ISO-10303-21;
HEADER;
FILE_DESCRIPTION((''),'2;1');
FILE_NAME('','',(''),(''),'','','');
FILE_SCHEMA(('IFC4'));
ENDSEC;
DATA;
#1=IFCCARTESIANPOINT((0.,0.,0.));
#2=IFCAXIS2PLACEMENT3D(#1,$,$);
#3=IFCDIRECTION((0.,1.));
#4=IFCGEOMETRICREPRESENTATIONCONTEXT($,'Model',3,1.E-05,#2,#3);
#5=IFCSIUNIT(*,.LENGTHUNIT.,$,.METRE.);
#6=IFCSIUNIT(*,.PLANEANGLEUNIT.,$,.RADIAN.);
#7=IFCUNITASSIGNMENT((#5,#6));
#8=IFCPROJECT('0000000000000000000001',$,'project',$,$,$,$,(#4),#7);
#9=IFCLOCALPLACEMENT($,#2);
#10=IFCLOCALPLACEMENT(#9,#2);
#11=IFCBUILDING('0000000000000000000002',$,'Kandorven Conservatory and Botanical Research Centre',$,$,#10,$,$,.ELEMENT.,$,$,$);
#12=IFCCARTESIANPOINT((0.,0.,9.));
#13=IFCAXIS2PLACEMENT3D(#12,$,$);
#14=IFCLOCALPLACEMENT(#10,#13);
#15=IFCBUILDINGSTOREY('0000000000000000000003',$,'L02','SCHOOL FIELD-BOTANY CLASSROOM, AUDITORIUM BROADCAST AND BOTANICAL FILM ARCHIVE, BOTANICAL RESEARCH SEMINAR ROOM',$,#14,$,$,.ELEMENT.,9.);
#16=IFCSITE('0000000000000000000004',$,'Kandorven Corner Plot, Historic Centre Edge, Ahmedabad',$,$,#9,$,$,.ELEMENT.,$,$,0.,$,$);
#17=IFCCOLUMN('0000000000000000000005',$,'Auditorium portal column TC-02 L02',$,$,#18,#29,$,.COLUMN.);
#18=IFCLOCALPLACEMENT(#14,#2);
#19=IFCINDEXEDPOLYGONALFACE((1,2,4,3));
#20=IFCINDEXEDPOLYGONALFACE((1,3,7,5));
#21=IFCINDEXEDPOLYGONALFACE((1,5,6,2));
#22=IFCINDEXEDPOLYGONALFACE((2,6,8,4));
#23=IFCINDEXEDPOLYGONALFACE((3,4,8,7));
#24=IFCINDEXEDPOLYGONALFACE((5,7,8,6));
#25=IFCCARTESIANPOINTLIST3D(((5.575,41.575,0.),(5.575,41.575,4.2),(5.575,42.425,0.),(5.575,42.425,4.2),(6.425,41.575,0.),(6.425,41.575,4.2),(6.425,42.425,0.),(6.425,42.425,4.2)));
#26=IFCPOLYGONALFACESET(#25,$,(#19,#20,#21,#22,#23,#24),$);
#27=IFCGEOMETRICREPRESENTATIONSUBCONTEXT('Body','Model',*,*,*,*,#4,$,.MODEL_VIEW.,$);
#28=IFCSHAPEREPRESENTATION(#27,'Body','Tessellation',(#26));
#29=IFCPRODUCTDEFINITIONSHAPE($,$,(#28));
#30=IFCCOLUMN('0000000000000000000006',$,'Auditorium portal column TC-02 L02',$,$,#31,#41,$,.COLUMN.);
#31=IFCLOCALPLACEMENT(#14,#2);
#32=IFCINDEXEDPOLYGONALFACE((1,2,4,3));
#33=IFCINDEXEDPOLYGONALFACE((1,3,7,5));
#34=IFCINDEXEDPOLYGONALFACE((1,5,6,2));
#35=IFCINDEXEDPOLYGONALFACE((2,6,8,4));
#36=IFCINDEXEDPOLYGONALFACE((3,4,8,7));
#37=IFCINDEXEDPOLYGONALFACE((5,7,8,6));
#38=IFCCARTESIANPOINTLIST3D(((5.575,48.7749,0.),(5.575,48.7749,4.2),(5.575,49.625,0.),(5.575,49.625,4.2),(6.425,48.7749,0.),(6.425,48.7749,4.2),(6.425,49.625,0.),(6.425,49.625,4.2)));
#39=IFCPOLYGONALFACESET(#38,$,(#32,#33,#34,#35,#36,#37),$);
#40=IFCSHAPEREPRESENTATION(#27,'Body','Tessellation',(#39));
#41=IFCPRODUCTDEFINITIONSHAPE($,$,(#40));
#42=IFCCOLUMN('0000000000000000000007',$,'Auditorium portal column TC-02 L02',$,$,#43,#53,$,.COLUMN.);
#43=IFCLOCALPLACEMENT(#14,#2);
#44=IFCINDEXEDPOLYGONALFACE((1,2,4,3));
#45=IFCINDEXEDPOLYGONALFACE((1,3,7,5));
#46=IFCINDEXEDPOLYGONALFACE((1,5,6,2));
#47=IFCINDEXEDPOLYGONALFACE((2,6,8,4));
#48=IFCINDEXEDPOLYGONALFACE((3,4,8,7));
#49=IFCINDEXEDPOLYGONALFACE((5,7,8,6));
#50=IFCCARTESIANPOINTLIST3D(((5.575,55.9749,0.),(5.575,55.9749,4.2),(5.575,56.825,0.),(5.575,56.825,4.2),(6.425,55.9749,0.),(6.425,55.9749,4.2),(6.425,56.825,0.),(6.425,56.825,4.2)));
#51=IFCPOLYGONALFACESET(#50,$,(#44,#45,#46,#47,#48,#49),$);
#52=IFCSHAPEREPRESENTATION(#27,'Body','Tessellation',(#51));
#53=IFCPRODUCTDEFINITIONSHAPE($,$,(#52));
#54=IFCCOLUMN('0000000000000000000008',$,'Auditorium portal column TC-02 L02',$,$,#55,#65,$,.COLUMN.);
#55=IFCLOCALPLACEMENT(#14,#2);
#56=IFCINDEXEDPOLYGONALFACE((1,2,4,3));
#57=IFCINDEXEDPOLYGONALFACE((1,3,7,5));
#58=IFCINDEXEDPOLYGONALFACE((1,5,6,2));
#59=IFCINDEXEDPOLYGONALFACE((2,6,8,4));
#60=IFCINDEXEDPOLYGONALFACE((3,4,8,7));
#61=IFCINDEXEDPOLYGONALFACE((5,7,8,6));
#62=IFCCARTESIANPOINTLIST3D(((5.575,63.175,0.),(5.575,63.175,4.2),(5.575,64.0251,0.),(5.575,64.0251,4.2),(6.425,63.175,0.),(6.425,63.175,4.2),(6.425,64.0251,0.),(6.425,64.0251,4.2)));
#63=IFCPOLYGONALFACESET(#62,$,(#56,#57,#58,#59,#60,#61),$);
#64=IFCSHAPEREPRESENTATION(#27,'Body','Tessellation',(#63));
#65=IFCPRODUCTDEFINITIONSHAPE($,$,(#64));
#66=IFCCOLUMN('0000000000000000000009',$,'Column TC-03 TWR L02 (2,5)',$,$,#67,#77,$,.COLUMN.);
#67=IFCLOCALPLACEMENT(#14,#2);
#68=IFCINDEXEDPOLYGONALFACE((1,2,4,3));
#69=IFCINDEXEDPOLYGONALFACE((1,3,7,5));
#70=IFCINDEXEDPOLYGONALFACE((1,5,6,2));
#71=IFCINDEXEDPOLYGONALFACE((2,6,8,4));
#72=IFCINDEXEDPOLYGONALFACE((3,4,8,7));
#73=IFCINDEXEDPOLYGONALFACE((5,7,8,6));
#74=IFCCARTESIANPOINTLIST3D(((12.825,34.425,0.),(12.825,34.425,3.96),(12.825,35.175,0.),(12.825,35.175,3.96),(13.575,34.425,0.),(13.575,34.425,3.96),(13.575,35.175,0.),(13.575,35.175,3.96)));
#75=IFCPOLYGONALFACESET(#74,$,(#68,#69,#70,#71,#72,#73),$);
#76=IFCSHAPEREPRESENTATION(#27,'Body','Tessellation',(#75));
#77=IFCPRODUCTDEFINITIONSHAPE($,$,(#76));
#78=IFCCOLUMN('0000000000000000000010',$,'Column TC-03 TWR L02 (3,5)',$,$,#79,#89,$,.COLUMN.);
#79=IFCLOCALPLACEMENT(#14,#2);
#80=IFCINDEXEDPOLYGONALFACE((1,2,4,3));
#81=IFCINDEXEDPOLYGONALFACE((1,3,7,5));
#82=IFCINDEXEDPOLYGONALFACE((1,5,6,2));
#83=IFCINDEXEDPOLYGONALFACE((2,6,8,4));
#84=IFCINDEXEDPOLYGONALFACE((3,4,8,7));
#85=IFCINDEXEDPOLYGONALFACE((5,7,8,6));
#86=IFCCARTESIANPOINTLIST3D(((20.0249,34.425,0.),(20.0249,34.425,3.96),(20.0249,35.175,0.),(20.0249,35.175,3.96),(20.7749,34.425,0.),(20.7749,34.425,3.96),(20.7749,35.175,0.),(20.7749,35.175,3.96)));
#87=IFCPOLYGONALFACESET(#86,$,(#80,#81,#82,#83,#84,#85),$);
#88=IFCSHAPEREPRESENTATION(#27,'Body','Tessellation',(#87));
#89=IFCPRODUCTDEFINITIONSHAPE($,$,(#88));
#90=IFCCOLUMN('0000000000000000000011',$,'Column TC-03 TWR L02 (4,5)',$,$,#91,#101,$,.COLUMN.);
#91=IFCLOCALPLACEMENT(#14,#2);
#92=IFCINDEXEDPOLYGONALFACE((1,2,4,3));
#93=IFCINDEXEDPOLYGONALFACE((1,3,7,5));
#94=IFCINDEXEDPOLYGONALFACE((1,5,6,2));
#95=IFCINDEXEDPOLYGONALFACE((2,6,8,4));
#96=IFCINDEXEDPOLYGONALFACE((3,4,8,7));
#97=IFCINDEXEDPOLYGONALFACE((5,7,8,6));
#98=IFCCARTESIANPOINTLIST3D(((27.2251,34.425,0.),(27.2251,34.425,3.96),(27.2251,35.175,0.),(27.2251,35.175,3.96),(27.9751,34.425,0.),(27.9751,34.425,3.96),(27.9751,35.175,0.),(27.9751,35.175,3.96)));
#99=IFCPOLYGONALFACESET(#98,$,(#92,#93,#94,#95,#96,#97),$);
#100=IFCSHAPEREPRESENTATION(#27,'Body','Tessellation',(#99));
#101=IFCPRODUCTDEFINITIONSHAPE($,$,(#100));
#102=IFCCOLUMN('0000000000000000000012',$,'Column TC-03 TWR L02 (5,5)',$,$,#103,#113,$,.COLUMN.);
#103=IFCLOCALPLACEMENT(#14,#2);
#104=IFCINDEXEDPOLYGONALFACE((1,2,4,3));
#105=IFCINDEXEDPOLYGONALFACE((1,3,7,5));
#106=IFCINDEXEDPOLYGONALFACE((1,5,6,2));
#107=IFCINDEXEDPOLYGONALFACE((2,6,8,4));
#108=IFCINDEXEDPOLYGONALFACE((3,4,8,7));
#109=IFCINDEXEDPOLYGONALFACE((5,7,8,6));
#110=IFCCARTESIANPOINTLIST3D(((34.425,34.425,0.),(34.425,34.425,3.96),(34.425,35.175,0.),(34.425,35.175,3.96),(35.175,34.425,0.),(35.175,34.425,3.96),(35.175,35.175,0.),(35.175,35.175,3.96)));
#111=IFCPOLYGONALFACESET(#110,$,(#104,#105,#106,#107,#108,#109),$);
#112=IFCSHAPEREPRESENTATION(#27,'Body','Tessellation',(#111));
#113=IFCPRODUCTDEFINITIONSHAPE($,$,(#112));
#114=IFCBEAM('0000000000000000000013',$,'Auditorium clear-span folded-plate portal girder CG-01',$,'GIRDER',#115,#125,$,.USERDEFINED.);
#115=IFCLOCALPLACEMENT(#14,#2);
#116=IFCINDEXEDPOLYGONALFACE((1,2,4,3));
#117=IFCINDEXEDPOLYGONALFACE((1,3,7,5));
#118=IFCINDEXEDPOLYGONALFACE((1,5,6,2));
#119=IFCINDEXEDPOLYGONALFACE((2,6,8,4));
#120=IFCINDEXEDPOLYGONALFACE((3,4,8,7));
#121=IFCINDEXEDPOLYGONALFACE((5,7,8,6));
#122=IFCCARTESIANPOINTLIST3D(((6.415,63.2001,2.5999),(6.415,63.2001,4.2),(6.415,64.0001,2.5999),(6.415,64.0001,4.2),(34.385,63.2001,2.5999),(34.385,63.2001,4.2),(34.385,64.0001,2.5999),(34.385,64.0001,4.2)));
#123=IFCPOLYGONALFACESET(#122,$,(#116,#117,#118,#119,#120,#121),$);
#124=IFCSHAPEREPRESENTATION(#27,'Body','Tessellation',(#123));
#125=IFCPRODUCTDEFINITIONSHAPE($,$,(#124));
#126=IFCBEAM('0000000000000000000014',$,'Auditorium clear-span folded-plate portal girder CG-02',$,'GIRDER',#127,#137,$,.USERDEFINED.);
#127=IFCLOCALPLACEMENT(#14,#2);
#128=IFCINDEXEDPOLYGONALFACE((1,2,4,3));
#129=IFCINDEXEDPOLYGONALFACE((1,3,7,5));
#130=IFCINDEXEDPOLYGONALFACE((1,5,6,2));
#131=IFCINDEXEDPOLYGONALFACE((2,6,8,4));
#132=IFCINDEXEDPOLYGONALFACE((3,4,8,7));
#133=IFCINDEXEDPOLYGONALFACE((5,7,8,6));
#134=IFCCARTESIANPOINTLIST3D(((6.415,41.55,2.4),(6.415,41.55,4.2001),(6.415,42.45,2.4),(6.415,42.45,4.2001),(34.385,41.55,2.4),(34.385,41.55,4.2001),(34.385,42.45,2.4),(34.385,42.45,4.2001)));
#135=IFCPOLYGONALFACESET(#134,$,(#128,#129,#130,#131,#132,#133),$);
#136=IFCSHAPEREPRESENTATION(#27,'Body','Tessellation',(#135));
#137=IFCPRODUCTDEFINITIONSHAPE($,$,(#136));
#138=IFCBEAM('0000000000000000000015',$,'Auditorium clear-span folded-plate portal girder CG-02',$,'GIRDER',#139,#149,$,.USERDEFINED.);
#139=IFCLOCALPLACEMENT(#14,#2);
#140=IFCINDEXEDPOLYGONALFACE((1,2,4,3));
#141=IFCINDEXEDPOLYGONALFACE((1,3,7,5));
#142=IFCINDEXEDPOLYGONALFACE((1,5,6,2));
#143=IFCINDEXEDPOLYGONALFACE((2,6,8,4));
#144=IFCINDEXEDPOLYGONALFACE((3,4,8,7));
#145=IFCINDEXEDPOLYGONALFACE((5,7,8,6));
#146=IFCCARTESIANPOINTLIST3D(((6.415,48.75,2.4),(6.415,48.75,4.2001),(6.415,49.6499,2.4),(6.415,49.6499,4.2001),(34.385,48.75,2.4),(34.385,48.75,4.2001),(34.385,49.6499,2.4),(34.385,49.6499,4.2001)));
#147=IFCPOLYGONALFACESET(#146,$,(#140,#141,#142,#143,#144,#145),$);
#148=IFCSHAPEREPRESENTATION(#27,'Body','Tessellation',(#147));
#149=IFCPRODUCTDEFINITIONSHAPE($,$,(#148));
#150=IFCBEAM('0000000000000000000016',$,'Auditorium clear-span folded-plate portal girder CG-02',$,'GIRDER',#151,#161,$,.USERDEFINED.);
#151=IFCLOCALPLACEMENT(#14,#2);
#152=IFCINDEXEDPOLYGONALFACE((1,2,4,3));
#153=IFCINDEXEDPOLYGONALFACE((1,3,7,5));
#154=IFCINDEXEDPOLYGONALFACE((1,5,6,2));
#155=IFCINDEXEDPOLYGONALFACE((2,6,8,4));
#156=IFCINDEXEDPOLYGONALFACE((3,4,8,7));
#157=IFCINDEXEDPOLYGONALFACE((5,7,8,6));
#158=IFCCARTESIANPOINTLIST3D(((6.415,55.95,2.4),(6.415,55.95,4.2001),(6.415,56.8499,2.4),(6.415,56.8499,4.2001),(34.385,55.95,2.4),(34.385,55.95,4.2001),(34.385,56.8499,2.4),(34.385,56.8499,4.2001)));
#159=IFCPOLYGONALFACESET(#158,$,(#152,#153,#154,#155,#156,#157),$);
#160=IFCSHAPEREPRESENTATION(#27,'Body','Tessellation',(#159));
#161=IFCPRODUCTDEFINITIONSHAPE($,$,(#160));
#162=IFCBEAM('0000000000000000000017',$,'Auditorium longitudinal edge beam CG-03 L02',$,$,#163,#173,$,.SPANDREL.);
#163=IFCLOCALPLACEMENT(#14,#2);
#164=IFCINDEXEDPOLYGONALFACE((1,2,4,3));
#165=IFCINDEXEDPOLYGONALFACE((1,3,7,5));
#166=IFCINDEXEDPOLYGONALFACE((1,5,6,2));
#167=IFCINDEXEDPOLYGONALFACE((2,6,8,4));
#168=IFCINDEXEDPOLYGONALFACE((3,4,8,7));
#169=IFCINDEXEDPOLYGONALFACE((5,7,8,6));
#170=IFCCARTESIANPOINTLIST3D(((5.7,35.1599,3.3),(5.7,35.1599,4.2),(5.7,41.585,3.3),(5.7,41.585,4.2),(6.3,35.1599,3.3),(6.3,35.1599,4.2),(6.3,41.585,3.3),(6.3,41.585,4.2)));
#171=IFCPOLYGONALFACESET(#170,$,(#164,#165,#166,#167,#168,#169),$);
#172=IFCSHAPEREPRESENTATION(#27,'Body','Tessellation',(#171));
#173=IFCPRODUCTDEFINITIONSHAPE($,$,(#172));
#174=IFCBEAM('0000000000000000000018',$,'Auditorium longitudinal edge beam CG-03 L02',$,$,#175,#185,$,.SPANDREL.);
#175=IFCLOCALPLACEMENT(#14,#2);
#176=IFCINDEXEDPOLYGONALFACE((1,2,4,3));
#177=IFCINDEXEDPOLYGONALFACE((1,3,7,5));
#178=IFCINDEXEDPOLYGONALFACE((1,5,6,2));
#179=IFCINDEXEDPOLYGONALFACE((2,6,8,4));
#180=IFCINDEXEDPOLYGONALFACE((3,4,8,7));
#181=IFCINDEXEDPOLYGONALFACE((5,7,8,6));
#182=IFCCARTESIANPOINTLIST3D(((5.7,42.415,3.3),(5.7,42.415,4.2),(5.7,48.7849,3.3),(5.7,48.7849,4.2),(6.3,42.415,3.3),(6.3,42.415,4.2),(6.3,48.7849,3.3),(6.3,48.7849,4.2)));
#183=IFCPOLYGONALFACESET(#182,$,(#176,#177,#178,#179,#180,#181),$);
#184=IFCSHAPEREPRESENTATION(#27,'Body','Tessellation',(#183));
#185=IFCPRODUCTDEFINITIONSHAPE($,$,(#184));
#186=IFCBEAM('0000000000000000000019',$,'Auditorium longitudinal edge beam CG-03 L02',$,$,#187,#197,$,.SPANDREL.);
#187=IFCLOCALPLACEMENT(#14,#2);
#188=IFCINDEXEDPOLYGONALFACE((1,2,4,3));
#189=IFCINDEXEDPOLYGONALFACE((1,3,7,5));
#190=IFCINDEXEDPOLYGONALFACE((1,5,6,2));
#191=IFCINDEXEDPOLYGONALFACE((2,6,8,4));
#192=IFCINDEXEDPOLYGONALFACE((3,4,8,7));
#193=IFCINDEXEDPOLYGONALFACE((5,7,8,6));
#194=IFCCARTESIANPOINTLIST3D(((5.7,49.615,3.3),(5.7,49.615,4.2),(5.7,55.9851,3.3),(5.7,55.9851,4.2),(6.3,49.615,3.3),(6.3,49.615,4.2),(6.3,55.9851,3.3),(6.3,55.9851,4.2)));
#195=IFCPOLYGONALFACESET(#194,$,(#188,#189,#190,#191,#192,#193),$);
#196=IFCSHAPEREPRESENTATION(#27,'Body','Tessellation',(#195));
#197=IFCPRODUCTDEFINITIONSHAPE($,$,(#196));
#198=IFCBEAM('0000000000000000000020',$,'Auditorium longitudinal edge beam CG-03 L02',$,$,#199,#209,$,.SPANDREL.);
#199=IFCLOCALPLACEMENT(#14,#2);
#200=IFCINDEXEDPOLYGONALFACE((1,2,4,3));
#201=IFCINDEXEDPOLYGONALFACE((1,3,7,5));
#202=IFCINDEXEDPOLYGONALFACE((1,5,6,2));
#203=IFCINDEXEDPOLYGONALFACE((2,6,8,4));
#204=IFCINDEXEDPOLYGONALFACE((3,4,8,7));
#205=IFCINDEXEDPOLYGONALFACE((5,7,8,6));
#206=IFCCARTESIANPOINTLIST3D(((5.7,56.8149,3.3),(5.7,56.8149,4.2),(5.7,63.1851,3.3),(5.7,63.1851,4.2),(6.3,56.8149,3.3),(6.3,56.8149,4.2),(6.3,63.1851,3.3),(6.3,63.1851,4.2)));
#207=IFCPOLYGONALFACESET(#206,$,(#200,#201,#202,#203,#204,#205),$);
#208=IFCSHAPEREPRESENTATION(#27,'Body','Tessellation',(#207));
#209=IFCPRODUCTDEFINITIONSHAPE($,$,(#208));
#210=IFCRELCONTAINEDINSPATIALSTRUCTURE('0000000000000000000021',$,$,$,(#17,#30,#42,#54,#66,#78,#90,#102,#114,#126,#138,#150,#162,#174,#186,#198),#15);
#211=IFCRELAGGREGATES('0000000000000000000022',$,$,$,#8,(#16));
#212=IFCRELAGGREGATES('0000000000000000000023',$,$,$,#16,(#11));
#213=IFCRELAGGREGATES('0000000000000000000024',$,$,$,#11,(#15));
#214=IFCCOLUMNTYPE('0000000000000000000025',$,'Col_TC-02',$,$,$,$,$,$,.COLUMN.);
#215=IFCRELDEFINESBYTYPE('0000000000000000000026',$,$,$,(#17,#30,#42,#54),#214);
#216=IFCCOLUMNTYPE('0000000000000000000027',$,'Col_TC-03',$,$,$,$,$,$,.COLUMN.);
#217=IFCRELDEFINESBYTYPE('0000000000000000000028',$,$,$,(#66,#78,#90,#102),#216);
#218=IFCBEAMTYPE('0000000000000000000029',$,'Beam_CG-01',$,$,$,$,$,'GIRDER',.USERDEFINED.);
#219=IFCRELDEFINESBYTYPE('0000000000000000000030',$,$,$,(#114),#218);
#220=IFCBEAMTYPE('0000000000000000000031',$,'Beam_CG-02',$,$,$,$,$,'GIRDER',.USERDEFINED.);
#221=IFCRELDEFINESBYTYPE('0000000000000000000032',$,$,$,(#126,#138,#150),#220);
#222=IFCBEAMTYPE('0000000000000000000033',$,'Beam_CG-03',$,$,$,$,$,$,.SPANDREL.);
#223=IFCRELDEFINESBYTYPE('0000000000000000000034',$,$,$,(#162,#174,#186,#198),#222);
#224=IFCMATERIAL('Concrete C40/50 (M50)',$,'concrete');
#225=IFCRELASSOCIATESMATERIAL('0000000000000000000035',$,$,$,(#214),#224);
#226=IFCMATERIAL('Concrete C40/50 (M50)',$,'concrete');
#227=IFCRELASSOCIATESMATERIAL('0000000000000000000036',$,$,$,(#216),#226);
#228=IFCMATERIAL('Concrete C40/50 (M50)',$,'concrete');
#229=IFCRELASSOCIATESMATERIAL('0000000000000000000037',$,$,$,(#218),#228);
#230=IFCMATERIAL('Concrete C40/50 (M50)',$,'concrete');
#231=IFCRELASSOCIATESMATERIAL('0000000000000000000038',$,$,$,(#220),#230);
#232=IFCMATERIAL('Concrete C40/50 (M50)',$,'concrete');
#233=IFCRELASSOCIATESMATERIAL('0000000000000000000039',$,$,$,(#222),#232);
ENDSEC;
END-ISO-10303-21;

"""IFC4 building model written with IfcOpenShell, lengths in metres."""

from ifc_helpers import new_model, si_unit, direction, frame, origin, origin_2d, place, context, subcontext, project, spatial, rectangle, extrude, material, material_profile, profile_set, type_object, element, save


model = new_model("IFC4")

# Units and contexts
model_context = context("Model", 3, precision=1e-05, world=origin(), true_north=direction((0.0, 1.0)))
body_context = subcontext(model_context, "Body", "Model", "MODEL_VIEW")
ifc_project = project(units=[si_unit("LENGTHUNIT", "METRE"), si_unit("PLANEANGLEUNIT", "RADIAN")], contexts=[model_context])

# Site, building, storey
site_placement = place(None, origin())
site = spatial("IfcSite", under=ifc_project, at=site_placement, Name="Kandorven Corner Plot, Historic Centre Edge, Ahmedabad", CompositionType="ELEMENT", RefElevation=0.0)
building_placement = place(site_placement, origin())
building = spatial("IfcBuilding", under=site, at=building_placement, Name="Kandorven Conservatory and Botanical Research Centre", CompositionType="ELEMENT")
storey_placement = place(building_placement, frame((0.0, 0.0, 9.0)))
storey = spatial("IfcBuildingStorey", under=building, at=storey_placement, Name="L02", Description="SCHOOL FIELD-BOTANY CLASSROOM, AUDITORIUM BROADCAST AND BOTANICAL FILM ARCHIVE, BOTANICAL RESEARCH SEMINAR ROOM", CompositionType="ELEMENT", Elevation=9.0)

# Columns
ifc_material_1 = material(Name="Concrete C40/50 (M50)", Category="concrete")
ifc_material_profile_1 = material_profile(ifc_material_1, rectangle(XDim=0.8501, YDim=0.8501, at=origin_2d()))
ifc_profile_set_1 = profile_set([ifc_material_profile_1], Name="Concrete C40/50 (M50)")
column_type_1 = type_object("IfcColumnType", Name="Col_TC-02", PredefinedType="COLUMN", material=ifc_profile_set_1)
for number, where, z_axis, x_axis, name in (
    (1, (6.0, 42.0, 0.0), (0.0, 0.0, 1.0), (1.0, 0.0, 0.0), "Auditorium portal column TC-02 L02"),
    (2, (6.0, 49.2, 0.0), (0.0, 0.0, 1.0), (1.0, 0.0, 0.0), "Auditorium portal column TC-02 L02"),
    (3, (6.0, 56.3999, 0.0), (0.0, 0.0, 1.0), (1.0, 0.0, 0.0), "Auditorium portal column TC-02 L02"),
    (4, (6.0, 63.6001, 0.0), (0.0, 0.0, 1.0), (1.0, 0.0, 0.0), "Auditorium portal column TC-02 L02"),
):
    element("IfcColumn", number, at=place(storey_placement, frame(where, z_axis=z_axis, x_axis=x_axis)), inside=storey, type_object=column_type_1, Name=name, PredefinedType="COLUMN", context=body_context, shape_type="SweptSolid", body=[
        extrude(rectangle(XDim=0.8501, YDim=0.8501, at=origin_2d()), origin(), (0.0, 0.0, 1.0), 4.2),
    ])
ifc_material_2 = material(Name="Concrete C40/50 (M50)", Category="concrete")
ifc_material_profile_2 = material_profile(ifc_material_2, rectangle(XDim=0.75, YDim=0.75, at=origin_2d()))
ifc_profile_set_2 = profile_set([ifc_material_profile_2], Name="Concrete C40/50 (M50)")
column_type_2 = type_object("IfcColumnType", Name="Col_TC-03", PredefinedType="COLUMN", material=ifc_profile_set_2)
for number, where, z_axis, x_axis, name in (
    (5, (13.2, 34.8, 0.0), (0.0, 0.0, 1.0), (1.0, 0.0, 0.0), "Column TC-03 TWR L02 (2,5)"),
    (6, (20.3999, 34.8, 0.0), (0.0, 0.0, 1.0), (1.0, 0.0, 0.0), "Column TC-03 TWR L02 (3,5)"),
    (7, (27.6001, 34.8, 0.0), (0.0, 0.0, 1.0), (1.0, 0.0, 0.0), "Column TC-03 TWR L02 (4,5)"),
    (8, (34.8, 34.8, 0.0), (0.0, 0.0, 1.0), (1.0, 0.0, 0.0), "Column TC-03 TWR L02 (5,5)"),
):
    element("IfcColumn", number, at=place(storey_placement, frame(where, z_axis=z_axis, x_axis=x_axis)), inside=storey, type_object=column_type_2, Name=name, PredefinedType="COLUMN", context=body_context, shape_type="SweptSolid", body=[
        extrude(rectangle(XDim=0.75, YDim=0.75, at=origin_2d()), origin(), (0.0, 0.0, 1.0), 3.96),
    ])

# Beams
ifc_material_3 = material(Name="Concrete C40/50 (M50)", Category="concrete")
ifc_material_profile_3 = material_profile(ifc_material_3, rectangle(XDim=0.8, YDim=1.6001, at=origin_2d()))
ifc_profile_set_3 = profile_set([ifc_material_profile_3], Name="Concrete C40/50 (M50)")
beam_type_1 = type_object("IfcBeamType", Name="Beam_CG-01", ElementType="GIRDER", PredefinedType="USERDEFINED", material=ifc_profile_set_3)
beam_1_placement = place(storey_placement, frame((6.415, 63.6001, 3.3999), z_axis=(1.0, 0.0, 0.0), x_axis=(0.0, 1.0, 0.0)))
element("IfcBeam", 9, at=beam_1_placement, inside=storey, type_object=beam_type_1, Name="Auditorium clear-span folded-plate portal girder CG-01", ObjectType="GIRDER", PredefinedType="USERDEFINED", context=body_context, shape_type="SweptSolid", body=[
    extrude(rectangle(XDim=0.8, YDim=1.6001, at=origin_2d()), origin(), (0.0, 0.0, 1.0), 27.97),
])
ifc_material_4 = material(Name="Concrete C40/50 (M50)", Category="concrete")
ifc_material_profile_4 = material_profile(ifc_material_4, rectangle(XDim=0.8999, YDim=1.8, at=origin_2d()))
ifc_profile_set_4 = profile_set([ifc_material_profile_4], Name="Concrete C40/50 (M50)")
beam_type_2 = type_object("IfcBeamType", Name="Beam_CG-02", ElementType="GIRDER", PredefinedType="USERDEFINED", material=ifc_profile_set_4)
for number, where, z_axis, x_axis, name in (
    (10, (6.415, 42.0, 3.3), (1.0, 0.0, 0.0), (0.0, 1.0, 0.0), "Auditorium clear-span folded-plate portal girder CG-02"),
    (11, (6.415, 49.2, 3.3), (1.0, 0.0, 0.0), (0.0, 1.0, 0.0), "Auditorium clear-span folded-plate portal girder CG-02"),
    (12, (6.415, 56.3999, 3.3), (1.0, 0.0, 0.0), (0.0, 1.0, 0.0), "Auditorium clear-span folded-plate portal girder CG-02"),
):
    element("IfcBeam", number, at=place(storey_placement, frame(where, z_axis=z_axis, x_axis=x_axis)), inside=storey, type_object=beam_type_2, Name=name, ObjectType="GIRDER", PredefinedType="USERDEFINED", context=body_context, shape_type="SweptSolid", body=[
        extrude(rectangle(XDim=0.8999, YDim=1.8, at=origin_2d()), origin(), (0.0, 0.0, 1.0), 27.97),
    ])
ifc_material_5 = material(Name="Concrete C40/50 (M50)", Category="concrete")
ifc_material_profile_5 = material_profile(ifc_material_5, rectangle(XDim=0.6001, YDim=0.8999, at=origin_2d()))
ifc_profile_set_5 = profile_set([ifc_material_profile_5], Name="Concrete C40/50 (M50)")
beam_type_3 = type_object("IfcBeamType", Name="Beam_CG-03", PredefinedType="SPANDREL", material=ifc_profile_set_5)
beam_2_placement = place(storey_placement, frame((6.0, 35.1599, 3.75), z_axis=(0.0, 1.0, 0.0), x_axis=(-1.0, 0.0, 0.0)))
element("IfcBeam", 13, at=beam_2_placement, inside=storey, type_object=beam_type_3, Name="Auditorium longitudinal edge beam CG-03 L02", PredefinedType="SPANDREL", context=body_context, shape_type="SweptSolid", body=[
    extrude(rectangle(XDim=0.6001, YDim=0.8999, at=origin_2d()), origin(), (0.0, 0.0, 1.0), 6.425),
])
beam_3_placement = place(storey_placement, frame((6.0, 42.415, 3.75), z_axis=(0.0, 1.0, 0.0), x_axis=(-1.0, 0.0, 0.0)))
element("IfcBeam", 14, at=beam_3_placement, inside=storey, type_object=beam_type_3, Name="Auditorium longitudinal edge beam CG-03 L02", PredefinedType="SPANDREL", context=body_context, shape_type="SweptSolid", body=[
    extrude(rectangle(XDim=0.6001, YDim=0.8999, at=origin_2d()), origin(), (0.0, 0.0, 1.0), 6.3699),
])
for number, where, z_axis, x_axis, name in (
    (15, (6.0, 49.615, 3.75), (0.0, 1.0, 0.0), (-1.0, 0.0, 0.0), "Auditorium longitudinal edge beam CG-03 L02"),
    (16, (6.0, 56.8149, 3.75), (0.0, 1.0, 0.0), (-1.0, 0.0, 0.0), "Auditorium longitudinal edge beam CG-03 L02"),
):
    element("IfcBeam", number, at=place(storey_placement, frame(where, z_axis=z_axis, x_axis=x_axis)), inside=storey, type_object=beam_type_3, Name=name, PredefinedType="SPANDREL", context=body_context, shape_type="SweptSolid", body=[
        extrude(rectangle(XDim=0.6001, YDim=0.8999, at=origin_2d()), origin(), (0.0, 0.0, 1.0), 6.3701),
    ])

save(model, "model.ifc")
